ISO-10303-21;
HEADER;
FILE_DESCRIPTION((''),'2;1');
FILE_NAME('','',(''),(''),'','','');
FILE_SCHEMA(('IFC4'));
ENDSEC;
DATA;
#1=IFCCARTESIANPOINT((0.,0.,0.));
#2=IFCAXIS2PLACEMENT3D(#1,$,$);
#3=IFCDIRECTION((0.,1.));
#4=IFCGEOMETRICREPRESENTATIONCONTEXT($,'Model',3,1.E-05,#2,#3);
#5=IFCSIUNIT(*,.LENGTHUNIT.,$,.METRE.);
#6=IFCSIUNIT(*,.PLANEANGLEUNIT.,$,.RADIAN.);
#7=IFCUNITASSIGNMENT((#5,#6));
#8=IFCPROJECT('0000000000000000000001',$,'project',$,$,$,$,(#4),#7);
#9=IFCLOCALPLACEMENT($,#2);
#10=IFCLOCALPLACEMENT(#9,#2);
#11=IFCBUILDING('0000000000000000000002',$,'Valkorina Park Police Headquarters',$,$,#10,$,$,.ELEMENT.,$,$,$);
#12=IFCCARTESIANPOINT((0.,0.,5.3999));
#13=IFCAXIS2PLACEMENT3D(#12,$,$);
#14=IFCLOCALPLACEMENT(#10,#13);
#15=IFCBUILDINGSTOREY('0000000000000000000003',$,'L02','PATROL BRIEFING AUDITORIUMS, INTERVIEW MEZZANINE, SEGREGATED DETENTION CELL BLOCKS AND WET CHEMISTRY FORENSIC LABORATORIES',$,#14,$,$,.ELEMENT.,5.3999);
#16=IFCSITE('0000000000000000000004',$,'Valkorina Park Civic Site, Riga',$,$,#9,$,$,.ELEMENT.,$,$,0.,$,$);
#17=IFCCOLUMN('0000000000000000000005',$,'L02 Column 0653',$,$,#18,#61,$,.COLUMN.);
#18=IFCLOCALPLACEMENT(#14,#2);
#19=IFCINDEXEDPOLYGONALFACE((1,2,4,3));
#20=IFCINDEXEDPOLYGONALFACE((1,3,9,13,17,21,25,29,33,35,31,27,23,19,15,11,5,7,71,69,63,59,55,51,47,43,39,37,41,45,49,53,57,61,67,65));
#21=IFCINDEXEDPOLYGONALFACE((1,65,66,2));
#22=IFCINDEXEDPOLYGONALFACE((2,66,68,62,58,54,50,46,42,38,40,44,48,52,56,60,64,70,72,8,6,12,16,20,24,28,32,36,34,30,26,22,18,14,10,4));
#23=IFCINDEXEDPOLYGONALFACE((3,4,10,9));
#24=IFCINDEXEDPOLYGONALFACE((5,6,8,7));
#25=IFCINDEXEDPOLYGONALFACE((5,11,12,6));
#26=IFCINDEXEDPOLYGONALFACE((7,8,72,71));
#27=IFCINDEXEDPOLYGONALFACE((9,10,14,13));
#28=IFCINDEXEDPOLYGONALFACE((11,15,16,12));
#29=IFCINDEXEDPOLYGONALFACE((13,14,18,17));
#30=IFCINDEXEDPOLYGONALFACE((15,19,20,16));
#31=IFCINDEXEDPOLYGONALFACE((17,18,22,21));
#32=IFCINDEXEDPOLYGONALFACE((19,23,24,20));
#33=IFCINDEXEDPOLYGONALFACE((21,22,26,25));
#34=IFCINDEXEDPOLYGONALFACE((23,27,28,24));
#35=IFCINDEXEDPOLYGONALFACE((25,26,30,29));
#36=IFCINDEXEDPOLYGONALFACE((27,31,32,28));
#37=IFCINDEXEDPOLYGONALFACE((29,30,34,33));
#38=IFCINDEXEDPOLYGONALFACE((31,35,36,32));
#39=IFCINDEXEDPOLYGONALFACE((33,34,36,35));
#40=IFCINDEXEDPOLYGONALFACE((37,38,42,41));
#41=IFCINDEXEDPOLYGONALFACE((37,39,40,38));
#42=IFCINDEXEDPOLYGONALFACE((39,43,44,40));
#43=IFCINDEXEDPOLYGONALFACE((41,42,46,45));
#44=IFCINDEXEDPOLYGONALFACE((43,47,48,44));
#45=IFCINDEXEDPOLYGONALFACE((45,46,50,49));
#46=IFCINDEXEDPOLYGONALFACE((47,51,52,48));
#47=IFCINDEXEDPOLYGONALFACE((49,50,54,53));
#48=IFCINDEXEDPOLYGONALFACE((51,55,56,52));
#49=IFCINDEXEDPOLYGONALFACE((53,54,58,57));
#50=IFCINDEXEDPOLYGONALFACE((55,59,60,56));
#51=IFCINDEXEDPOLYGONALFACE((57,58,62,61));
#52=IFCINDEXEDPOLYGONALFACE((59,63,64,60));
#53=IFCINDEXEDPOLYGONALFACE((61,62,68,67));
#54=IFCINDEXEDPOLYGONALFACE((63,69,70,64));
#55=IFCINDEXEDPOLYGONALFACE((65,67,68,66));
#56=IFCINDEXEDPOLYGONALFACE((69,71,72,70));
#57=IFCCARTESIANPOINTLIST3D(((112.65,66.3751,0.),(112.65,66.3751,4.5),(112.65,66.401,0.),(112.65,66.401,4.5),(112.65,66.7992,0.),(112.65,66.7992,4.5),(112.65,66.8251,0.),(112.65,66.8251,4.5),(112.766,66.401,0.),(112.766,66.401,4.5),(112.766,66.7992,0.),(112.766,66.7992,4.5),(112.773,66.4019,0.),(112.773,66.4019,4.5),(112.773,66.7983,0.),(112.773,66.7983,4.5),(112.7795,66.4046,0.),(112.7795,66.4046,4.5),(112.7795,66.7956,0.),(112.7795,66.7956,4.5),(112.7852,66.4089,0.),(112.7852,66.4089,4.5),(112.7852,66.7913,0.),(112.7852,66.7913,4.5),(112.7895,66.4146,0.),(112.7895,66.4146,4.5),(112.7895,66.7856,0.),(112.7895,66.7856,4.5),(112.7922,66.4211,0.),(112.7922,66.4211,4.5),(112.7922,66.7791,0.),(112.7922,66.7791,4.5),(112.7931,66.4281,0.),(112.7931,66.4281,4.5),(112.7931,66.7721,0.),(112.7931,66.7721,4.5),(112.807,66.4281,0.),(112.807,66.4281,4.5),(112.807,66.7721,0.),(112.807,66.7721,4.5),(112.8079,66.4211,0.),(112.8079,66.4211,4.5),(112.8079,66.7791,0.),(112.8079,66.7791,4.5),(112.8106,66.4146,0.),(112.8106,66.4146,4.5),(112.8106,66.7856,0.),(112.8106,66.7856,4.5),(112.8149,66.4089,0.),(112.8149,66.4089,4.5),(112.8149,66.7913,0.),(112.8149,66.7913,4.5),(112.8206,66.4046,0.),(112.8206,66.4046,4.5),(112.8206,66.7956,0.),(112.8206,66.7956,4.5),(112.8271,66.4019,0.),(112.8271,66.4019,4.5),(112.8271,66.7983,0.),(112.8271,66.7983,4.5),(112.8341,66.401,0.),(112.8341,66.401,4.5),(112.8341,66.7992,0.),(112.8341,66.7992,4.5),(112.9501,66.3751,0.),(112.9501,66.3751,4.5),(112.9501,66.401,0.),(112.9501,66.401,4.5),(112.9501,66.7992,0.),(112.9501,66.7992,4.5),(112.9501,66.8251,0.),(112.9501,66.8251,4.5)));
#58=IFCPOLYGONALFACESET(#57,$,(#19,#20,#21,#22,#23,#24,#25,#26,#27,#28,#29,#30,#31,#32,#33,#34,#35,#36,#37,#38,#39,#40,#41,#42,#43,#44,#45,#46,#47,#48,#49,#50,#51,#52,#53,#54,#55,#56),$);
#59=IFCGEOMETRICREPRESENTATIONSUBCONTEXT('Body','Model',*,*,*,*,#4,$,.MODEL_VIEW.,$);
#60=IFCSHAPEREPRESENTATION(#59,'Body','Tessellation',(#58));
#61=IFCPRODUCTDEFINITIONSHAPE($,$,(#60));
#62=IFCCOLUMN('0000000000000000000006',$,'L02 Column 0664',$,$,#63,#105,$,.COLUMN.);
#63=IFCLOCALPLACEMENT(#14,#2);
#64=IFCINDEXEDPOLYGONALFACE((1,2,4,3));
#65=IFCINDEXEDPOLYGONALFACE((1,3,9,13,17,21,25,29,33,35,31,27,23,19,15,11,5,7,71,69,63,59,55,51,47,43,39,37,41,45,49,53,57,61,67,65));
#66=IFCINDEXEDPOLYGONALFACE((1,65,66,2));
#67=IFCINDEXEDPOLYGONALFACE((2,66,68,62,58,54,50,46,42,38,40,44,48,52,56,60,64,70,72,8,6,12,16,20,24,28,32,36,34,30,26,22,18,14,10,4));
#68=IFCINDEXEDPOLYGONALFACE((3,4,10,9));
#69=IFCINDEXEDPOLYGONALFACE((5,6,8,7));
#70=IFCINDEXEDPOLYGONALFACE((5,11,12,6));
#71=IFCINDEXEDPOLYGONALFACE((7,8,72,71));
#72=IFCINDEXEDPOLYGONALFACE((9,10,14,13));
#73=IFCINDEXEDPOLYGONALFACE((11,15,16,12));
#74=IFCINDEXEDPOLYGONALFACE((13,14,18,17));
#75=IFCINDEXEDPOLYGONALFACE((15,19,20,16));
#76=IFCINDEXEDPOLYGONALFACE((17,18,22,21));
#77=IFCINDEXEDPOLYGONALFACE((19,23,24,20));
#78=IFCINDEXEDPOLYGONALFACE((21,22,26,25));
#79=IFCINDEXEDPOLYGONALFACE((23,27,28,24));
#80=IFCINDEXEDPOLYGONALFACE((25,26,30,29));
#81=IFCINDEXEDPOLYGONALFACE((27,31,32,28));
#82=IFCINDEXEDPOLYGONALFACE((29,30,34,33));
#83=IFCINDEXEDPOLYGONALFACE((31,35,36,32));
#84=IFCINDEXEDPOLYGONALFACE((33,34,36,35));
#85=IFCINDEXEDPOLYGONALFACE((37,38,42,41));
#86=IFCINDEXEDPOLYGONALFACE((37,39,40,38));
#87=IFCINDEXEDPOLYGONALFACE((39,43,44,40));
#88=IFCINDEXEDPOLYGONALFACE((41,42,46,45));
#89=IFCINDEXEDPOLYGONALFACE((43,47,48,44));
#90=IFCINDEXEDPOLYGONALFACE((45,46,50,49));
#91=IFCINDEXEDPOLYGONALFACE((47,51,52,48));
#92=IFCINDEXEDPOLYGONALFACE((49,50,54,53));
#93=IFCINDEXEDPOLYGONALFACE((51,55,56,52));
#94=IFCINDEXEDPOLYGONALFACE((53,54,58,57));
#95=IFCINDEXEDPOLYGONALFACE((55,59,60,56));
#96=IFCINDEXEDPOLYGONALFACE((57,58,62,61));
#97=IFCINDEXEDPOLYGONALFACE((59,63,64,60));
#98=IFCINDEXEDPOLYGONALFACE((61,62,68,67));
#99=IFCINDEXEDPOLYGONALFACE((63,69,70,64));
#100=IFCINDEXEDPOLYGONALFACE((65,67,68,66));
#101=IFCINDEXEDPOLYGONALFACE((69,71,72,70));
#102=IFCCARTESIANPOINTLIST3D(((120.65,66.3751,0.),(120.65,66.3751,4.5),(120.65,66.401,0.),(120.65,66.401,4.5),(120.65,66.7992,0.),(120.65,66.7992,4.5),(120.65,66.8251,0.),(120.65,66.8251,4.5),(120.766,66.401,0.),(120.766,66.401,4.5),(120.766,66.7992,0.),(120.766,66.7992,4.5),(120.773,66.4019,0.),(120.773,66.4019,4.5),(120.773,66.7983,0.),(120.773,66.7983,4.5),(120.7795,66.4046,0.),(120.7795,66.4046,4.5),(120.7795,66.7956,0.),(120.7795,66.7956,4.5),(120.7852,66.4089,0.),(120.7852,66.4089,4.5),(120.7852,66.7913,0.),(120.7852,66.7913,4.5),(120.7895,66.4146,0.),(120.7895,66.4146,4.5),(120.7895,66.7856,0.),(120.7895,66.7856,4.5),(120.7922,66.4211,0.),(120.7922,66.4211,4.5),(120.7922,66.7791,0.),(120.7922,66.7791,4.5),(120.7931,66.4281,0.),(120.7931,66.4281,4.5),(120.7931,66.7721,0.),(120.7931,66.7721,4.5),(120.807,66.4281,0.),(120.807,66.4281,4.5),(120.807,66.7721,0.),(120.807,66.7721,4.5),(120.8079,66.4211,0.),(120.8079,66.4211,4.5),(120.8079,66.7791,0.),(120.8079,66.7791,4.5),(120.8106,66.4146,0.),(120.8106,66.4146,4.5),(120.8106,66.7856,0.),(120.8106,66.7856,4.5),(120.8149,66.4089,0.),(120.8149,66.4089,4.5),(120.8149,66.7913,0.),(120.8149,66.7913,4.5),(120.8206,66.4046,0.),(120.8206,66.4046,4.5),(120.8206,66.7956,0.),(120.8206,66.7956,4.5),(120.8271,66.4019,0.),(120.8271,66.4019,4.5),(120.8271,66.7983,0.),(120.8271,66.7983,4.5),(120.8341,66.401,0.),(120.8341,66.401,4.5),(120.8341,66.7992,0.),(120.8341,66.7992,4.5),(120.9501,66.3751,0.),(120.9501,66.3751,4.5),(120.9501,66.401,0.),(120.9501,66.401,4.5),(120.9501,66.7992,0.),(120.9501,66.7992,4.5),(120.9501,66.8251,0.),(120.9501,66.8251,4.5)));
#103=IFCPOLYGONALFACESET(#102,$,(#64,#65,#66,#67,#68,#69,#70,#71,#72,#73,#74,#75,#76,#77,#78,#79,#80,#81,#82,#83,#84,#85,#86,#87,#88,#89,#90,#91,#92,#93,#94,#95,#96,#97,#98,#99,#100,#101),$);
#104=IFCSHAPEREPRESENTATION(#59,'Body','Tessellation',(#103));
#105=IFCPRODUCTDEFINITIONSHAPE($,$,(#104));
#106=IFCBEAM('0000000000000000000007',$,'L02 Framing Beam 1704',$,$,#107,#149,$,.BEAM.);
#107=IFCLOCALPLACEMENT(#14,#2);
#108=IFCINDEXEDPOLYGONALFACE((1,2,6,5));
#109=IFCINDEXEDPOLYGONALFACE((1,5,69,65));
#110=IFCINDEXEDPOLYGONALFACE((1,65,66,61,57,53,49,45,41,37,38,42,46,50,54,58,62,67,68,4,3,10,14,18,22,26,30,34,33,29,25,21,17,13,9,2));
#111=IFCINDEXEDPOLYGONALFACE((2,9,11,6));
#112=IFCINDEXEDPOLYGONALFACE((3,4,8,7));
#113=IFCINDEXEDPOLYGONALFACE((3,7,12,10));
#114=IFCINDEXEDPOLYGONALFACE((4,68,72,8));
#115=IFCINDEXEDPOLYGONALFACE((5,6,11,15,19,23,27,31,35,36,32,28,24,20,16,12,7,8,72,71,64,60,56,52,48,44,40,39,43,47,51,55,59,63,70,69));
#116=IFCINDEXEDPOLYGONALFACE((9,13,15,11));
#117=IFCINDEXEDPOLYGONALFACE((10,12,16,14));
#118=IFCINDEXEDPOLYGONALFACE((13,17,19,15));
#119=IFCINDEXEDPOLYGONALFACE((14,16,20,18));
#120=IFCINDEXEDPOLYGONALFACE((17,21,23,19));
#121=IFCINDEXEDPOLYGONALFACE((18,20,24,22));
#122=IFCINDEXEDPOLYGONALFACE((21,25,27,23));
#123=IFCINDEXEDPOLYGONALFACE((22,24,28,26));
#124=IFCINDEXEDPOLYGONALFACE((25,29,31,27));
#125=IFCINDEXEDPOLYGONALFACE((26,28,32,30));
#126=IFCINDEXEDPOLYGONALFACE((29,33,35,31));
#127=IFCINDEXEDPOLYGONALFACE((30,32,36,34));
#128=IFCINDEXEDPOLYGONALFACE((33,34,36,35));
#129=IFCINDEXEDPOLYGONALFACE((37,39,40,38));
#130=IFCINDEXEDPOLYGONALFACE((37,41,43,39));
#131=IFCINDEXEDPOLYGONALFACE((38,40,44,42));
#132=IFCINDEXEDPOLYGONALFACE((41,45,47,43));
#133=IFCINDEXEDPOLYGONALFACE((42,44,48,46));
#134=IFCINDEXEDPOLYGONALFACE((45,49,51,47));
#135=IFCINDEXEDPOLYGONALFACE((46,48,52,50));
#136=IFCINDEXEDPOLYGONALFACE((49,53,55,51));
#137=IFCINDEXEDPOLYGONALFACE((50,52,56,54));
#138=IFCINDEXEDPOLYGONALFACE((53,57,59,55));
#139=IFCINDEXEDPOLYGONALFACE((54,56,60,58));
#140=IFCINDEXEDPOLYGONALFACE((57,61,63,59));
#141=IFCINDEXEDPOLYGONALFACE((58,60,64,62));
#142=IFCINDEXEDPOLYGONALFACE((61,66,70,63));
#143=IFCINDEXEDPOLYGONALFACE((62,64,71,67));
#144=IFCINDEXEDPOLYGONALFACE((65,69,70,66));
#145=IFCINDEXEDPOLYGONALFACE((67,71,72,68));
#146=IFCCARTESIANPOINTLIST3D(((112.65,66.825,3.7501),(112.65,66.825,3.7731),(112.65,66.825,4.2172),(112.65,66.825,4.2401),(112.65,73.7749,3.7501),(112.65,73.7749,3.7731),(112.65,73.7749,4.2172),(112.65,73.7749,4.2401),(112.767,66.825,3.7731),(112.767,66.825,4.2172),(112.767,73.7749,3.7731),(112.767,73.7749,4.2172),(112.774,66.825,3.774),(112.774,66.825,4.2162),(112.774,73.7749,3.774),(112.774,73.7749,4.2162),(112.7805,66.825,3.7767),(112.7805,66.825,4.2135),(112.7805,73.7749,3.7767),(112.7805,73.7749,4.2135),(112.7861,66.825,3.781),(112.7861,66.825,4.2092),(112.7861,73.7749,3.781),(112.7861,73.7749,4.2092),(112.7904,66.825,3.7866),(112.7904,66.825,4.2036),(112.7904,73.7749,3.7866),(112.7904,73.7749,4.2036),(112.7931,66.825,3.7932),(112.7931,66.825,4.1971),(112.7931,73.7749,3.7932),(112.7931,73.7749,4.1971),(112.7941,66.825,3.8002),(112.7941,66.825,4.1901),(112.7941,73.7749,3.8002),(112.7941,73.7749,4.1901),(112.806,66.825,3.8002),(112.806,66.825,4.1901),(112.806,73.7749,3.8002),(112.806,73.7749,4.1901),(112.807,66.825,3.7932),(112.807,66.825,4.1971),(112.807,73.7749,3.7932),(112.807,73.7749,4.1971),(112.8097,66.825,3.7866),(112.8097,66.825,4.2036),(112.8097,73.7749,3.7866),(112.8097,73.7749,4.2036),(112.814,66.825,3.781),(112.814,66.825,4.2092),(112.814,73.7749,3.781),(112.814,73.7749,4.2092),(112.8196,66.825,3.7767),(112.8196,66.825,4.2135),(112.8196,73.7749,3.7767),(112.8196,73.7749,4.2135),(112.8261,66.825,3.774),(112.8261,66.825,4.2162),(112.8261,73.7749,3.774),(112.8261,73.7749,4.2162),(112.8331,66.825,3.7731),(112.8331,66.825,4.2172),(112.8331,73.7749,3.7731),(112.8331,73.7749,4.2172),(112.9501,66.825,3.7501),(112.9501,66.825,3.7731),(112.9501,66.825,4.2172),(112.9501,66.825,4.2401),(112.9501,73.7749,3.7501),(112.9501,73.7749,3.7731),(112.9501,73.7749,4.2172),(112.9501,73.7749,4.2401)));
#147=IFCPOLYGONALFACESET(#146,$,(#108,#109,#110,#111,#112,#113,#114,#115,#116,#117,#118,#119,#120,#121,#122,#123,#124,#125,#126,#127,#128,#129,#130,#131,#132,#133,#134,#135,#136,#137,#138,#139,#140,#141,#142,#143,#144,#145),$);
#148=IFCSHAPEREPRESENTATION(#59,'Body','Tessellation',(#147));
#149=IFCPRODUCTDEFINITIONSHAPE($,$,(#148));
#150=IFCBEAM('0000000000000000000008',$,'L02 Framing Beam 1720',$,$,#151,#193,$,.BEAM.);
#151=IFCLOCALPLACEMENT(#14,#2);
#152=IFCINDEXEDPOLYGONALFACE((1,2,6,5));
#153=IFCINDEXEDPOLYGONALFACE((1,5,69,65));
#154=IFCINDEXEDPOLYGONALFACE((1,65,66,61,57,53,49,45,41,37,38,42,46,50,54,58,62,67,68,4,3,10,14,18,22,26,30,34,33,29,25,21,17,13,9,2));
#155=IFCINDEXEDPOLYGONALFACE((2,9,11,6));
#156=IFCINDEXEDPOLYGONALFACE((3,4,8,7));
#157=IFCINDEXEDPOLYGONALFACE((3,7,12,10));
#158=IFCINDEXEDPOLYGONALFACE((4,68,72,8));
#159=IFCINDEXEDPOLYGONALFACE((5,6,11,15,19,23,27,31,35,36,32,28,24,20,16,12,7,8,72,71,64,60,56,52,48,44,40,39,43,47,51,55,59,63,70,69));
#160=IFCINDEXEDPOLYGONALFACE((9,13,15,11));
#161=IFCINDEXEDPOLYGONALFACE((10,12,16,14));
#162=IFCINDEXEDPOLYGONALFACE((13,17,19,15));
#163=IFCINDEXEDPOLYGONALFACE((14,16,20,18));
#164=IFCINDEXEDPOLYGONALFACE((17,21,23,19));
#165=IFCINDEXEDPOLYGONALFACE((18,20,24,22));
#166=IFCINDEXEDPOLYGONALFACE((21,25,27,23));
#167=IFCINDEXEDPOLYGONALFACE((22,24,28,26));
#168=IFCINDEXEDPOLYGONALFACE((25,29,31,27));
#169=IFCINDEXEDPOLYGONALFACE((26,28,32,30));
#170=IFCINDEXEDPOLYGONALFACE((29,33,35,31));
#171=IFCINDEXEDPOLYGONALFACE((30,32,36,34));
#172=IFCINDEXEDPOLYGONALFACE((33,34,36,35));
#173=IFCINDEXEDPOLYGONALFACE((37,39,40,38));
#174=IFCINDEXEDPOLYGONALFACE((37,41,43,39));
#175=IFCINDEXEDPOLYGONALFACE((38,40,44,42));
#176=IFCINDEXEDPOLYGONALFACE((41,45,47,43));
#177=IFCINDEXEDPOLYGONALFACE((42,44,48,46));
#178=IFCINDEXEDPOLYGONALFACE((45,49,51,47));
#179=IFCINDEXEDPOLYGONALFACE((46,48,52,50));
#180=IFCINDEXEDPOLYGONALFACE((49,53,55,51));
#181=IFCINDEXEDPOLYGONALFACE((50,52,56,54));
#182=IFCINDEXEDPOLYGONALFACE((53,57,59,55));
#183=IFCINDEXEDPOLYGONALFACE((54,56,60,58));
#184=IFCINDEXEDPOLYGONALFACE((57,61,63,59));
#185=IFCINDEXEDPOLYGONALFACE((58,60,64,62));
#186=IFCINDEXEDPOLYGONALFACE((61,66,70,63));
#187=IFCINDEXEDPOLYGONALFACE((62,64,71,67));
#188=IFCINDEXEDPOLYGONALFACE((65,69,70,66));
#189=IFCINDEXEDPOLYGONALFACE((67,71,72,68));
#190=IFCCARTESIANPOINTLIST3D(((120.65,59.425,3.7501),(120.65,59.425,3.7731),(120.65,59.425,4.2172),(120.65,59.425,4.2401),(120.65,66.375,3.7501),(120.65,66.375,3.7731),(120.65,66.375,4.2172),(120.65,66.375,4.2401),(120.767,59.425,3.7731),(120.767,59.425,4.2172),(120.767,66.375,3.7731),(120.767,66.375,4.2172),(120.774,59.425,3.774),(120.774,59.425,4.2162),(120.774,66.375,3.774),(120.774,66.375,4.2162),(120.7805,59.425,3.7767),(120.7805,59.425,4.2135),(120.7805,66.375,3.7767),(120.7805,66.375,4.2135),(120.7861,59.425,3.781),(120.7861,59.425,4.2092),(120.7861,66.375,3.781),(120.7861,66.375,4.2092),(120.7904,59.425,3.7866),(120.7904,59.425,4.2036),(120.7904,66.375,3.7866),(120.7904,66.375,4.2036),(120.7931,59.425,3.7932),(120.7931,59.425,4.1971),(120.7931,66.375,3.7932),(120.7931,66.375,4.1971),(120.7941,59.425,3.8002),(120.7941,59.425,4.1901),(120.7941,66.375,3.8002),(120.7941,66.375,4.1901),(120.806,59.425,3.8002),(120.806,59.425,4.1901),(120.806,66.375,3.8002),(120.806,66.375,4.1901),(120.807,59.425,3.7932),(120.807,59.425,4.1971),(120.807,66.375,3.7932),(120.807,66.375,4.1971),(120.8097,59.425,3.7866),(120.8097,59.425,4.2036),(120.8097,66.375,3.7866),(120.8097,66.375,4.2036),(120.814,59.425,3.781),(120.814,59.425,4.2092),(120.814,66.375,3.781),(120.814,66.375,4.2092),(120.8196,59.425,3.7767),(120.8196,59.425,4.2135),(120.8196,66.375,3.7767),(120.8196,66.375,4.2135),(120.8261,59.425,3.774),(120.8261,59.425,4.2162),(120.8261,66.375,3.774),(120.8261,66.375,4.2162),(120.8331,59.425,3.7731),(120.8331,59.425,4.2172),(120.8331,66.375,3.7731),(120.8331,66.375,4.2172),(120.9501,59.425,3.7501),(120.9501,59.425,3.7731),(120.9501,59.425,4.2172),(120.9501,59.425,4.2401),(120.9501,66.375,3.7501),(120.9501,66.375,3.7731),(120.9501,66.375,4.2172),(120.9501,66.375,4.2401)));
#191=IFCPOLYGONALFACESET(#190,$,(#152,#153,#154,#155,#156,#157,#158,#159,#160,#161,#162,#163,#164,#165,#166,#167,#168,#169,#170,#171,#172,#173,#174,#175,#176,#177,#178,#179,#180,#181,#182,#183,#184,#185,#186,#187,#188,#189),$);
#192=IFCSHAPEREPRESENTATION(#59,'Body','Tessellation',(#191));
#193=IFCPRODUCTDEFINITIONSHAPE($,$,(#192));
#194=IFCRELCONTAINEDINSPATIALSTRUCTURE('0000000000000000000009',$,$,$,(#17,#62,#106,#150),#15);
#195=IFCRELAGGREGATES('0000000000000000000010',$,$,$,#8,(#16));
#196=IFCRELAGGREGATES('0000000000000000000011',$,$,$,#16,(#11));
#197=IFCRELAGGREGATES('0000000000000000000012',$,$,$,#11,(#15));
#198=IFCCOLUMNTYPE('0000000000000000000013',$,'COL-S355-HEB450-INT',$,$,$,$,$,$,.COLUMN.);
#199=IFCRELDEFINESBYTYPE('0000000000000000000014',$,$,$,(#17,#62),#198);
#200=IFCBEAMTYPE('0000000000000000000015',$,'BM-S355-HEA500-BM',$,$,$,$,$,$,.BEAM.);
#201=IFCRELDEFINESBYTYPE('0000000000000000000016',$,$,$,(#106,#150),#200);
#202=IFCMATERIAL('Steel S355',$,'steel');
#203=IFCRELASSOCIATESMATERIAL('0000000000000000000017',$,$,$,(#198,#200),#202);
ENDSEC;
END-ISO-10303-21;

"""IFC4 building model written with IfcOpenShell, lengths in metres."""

from ifc_helpers import new_model, si_unit, direction, frame, origin, origin_2d, place, context, subcontext, project, spatial, i_section, extrude, material, material_profile, profile_set, type_object, element, save


model = new_model("IFC4")

# Units and contexts
model_context = context("Model", 3, precision=1e-05, world=origin(), true_north=direction((0.0, 1.0)))
body_context = subcontext(model_context, "Body", "Model", "MODEL_VIEW")
ifc_project = project(units=[si_unit("LENGTHUNIT", "METRE"), si_unit("PLANEANGLEUNIT", "RADIAN")], contexts=[model_context])

# Site, building, storey
site_placement = place(None, origin())
site = spatial("IfcSite", under=ifc_project, at=site_placement, Name="Valkorina Park Civic Site, Riga", CompositionType="ELEMENT", RefElevation=0.0)
building_placement = place(site_placement, origin())
building = spatial("IfcBuilding", under=site, at=building_placement, Name="Valkorina Park Police Headquarters", CompositionType="ELEMENT")
storey_placement = place(building_placement, frame((0.0, 0.0, 5.3999)))
storey = spatial("IfcBuildingStorey", under=building, at=storey_placement, Name="L02", Description="PATROL BRIEFING AUDITORIUMS, INTERVIEW MEZZANINE, SEGREGATED DETENTION CELL BLOCKS AND WET CHEMISTRY FORENSIC LABORATORIES", CompositionType="ELEMENT", Elevation=5.3999)

# Columns
ifc_material_1 = material(Name="Steel S355", Category="steel")
ifc_material_profile_1 = material_profile(ifc_material_1, i_section(OverallWidth=0.3, OverallDepth=0.45, WebThickness=0.0139, FlangeThickness=0.0259, FilletRadius=0.0271, at=origin_2d()), Name="HEB 450")
ifc_profile_set_1 = profile_set([ifc_material_profile_1], Name="Steel S355")
column_type = type_object("IfcColumnType", Name="COL-S355-HEB450-INT", PredefinedType="COLUMN", material=ifc_profile_set_1)
for number, where, z_axis, x_axis, name in (
    (1, (112.8, 66.6001, 0.0), (0.0, 0.0, 1.0), (1.0, 0.0, 0.0), "L02 Column 0653"),
    (2, (120.8, 66.6001, 0.0), (0.0, 0.0, 1.0), (1.0, 0.0, 0.0), "L02 Column 0664"),
):
    element("IfcColumn", number, at=place(storey_placement, frame(where, z_axis=z_axis, x_axis=x_axis)), inside=storey, type_object=column_type, Name=name, PredefinedType="COLUMN", context=body_context, shape_type="SweptSolid", body=[
        extrude(i_section(OverallWidth=0.3, OverallDepth=0.45, WebThickness=0.0139, FlangeThickness=0.0259, FilletRadius=0.0271, at=origin_2d()), origin(), (0.0, 0.0, 1.0), 4.5),
    ])

# Beams
ifc_material_profile_2 = material_profile(ifc_material_1, i_section(OverallWidth=0.3, OverallDepth=0.49, WebThickness=0.012, FlangeThickness=0.0229, FilletRadius=0.0271, at=origin_2d()), Name="HEA 500")
ifc_profile_set_2 = profile_set([ifc_material_profile_2], Name="Steel S355")
beam_type_1 = type_object("IfcBeamType", Name="BM-S355-HEA500-BM", PredefinedType="BEAM", material=ifc_profile_set_2)
for number, where, z_axis, x_axis, name in (
    (3, (112.8, 66.825, 3.9951), (0.0, 1.0, 0.0), (-1.0, 0.0, 0.0), "L02 Framing Beam 1704"),
    (4, (120.8, 59.425, 3.9951), (0.0, 1.0, 0.0), (-1.0, 0.0, 0.0), "L02 Framing Beam 1720"),
):
    element("IfcBeam", number, at=place(storey_placement, frame(where, z_axis=z_axis, x_axis=x_axis)), inside=storey, type_object=beam_type_1, Name=name, PredefinedType="BEAM", context=body_context, shape_type="SweptSolid", body=[
        extrude(i_section(OverallWidth=0.3, OverallDepth=0.49, WebThickness=0.012, FlangeThickness=0.0229, FilletRadius=0.0271, at=origin_2d()), origin(), (0.0, 0.0, 1.0), 6.95),
    ])

save(model, "model.ifc")
